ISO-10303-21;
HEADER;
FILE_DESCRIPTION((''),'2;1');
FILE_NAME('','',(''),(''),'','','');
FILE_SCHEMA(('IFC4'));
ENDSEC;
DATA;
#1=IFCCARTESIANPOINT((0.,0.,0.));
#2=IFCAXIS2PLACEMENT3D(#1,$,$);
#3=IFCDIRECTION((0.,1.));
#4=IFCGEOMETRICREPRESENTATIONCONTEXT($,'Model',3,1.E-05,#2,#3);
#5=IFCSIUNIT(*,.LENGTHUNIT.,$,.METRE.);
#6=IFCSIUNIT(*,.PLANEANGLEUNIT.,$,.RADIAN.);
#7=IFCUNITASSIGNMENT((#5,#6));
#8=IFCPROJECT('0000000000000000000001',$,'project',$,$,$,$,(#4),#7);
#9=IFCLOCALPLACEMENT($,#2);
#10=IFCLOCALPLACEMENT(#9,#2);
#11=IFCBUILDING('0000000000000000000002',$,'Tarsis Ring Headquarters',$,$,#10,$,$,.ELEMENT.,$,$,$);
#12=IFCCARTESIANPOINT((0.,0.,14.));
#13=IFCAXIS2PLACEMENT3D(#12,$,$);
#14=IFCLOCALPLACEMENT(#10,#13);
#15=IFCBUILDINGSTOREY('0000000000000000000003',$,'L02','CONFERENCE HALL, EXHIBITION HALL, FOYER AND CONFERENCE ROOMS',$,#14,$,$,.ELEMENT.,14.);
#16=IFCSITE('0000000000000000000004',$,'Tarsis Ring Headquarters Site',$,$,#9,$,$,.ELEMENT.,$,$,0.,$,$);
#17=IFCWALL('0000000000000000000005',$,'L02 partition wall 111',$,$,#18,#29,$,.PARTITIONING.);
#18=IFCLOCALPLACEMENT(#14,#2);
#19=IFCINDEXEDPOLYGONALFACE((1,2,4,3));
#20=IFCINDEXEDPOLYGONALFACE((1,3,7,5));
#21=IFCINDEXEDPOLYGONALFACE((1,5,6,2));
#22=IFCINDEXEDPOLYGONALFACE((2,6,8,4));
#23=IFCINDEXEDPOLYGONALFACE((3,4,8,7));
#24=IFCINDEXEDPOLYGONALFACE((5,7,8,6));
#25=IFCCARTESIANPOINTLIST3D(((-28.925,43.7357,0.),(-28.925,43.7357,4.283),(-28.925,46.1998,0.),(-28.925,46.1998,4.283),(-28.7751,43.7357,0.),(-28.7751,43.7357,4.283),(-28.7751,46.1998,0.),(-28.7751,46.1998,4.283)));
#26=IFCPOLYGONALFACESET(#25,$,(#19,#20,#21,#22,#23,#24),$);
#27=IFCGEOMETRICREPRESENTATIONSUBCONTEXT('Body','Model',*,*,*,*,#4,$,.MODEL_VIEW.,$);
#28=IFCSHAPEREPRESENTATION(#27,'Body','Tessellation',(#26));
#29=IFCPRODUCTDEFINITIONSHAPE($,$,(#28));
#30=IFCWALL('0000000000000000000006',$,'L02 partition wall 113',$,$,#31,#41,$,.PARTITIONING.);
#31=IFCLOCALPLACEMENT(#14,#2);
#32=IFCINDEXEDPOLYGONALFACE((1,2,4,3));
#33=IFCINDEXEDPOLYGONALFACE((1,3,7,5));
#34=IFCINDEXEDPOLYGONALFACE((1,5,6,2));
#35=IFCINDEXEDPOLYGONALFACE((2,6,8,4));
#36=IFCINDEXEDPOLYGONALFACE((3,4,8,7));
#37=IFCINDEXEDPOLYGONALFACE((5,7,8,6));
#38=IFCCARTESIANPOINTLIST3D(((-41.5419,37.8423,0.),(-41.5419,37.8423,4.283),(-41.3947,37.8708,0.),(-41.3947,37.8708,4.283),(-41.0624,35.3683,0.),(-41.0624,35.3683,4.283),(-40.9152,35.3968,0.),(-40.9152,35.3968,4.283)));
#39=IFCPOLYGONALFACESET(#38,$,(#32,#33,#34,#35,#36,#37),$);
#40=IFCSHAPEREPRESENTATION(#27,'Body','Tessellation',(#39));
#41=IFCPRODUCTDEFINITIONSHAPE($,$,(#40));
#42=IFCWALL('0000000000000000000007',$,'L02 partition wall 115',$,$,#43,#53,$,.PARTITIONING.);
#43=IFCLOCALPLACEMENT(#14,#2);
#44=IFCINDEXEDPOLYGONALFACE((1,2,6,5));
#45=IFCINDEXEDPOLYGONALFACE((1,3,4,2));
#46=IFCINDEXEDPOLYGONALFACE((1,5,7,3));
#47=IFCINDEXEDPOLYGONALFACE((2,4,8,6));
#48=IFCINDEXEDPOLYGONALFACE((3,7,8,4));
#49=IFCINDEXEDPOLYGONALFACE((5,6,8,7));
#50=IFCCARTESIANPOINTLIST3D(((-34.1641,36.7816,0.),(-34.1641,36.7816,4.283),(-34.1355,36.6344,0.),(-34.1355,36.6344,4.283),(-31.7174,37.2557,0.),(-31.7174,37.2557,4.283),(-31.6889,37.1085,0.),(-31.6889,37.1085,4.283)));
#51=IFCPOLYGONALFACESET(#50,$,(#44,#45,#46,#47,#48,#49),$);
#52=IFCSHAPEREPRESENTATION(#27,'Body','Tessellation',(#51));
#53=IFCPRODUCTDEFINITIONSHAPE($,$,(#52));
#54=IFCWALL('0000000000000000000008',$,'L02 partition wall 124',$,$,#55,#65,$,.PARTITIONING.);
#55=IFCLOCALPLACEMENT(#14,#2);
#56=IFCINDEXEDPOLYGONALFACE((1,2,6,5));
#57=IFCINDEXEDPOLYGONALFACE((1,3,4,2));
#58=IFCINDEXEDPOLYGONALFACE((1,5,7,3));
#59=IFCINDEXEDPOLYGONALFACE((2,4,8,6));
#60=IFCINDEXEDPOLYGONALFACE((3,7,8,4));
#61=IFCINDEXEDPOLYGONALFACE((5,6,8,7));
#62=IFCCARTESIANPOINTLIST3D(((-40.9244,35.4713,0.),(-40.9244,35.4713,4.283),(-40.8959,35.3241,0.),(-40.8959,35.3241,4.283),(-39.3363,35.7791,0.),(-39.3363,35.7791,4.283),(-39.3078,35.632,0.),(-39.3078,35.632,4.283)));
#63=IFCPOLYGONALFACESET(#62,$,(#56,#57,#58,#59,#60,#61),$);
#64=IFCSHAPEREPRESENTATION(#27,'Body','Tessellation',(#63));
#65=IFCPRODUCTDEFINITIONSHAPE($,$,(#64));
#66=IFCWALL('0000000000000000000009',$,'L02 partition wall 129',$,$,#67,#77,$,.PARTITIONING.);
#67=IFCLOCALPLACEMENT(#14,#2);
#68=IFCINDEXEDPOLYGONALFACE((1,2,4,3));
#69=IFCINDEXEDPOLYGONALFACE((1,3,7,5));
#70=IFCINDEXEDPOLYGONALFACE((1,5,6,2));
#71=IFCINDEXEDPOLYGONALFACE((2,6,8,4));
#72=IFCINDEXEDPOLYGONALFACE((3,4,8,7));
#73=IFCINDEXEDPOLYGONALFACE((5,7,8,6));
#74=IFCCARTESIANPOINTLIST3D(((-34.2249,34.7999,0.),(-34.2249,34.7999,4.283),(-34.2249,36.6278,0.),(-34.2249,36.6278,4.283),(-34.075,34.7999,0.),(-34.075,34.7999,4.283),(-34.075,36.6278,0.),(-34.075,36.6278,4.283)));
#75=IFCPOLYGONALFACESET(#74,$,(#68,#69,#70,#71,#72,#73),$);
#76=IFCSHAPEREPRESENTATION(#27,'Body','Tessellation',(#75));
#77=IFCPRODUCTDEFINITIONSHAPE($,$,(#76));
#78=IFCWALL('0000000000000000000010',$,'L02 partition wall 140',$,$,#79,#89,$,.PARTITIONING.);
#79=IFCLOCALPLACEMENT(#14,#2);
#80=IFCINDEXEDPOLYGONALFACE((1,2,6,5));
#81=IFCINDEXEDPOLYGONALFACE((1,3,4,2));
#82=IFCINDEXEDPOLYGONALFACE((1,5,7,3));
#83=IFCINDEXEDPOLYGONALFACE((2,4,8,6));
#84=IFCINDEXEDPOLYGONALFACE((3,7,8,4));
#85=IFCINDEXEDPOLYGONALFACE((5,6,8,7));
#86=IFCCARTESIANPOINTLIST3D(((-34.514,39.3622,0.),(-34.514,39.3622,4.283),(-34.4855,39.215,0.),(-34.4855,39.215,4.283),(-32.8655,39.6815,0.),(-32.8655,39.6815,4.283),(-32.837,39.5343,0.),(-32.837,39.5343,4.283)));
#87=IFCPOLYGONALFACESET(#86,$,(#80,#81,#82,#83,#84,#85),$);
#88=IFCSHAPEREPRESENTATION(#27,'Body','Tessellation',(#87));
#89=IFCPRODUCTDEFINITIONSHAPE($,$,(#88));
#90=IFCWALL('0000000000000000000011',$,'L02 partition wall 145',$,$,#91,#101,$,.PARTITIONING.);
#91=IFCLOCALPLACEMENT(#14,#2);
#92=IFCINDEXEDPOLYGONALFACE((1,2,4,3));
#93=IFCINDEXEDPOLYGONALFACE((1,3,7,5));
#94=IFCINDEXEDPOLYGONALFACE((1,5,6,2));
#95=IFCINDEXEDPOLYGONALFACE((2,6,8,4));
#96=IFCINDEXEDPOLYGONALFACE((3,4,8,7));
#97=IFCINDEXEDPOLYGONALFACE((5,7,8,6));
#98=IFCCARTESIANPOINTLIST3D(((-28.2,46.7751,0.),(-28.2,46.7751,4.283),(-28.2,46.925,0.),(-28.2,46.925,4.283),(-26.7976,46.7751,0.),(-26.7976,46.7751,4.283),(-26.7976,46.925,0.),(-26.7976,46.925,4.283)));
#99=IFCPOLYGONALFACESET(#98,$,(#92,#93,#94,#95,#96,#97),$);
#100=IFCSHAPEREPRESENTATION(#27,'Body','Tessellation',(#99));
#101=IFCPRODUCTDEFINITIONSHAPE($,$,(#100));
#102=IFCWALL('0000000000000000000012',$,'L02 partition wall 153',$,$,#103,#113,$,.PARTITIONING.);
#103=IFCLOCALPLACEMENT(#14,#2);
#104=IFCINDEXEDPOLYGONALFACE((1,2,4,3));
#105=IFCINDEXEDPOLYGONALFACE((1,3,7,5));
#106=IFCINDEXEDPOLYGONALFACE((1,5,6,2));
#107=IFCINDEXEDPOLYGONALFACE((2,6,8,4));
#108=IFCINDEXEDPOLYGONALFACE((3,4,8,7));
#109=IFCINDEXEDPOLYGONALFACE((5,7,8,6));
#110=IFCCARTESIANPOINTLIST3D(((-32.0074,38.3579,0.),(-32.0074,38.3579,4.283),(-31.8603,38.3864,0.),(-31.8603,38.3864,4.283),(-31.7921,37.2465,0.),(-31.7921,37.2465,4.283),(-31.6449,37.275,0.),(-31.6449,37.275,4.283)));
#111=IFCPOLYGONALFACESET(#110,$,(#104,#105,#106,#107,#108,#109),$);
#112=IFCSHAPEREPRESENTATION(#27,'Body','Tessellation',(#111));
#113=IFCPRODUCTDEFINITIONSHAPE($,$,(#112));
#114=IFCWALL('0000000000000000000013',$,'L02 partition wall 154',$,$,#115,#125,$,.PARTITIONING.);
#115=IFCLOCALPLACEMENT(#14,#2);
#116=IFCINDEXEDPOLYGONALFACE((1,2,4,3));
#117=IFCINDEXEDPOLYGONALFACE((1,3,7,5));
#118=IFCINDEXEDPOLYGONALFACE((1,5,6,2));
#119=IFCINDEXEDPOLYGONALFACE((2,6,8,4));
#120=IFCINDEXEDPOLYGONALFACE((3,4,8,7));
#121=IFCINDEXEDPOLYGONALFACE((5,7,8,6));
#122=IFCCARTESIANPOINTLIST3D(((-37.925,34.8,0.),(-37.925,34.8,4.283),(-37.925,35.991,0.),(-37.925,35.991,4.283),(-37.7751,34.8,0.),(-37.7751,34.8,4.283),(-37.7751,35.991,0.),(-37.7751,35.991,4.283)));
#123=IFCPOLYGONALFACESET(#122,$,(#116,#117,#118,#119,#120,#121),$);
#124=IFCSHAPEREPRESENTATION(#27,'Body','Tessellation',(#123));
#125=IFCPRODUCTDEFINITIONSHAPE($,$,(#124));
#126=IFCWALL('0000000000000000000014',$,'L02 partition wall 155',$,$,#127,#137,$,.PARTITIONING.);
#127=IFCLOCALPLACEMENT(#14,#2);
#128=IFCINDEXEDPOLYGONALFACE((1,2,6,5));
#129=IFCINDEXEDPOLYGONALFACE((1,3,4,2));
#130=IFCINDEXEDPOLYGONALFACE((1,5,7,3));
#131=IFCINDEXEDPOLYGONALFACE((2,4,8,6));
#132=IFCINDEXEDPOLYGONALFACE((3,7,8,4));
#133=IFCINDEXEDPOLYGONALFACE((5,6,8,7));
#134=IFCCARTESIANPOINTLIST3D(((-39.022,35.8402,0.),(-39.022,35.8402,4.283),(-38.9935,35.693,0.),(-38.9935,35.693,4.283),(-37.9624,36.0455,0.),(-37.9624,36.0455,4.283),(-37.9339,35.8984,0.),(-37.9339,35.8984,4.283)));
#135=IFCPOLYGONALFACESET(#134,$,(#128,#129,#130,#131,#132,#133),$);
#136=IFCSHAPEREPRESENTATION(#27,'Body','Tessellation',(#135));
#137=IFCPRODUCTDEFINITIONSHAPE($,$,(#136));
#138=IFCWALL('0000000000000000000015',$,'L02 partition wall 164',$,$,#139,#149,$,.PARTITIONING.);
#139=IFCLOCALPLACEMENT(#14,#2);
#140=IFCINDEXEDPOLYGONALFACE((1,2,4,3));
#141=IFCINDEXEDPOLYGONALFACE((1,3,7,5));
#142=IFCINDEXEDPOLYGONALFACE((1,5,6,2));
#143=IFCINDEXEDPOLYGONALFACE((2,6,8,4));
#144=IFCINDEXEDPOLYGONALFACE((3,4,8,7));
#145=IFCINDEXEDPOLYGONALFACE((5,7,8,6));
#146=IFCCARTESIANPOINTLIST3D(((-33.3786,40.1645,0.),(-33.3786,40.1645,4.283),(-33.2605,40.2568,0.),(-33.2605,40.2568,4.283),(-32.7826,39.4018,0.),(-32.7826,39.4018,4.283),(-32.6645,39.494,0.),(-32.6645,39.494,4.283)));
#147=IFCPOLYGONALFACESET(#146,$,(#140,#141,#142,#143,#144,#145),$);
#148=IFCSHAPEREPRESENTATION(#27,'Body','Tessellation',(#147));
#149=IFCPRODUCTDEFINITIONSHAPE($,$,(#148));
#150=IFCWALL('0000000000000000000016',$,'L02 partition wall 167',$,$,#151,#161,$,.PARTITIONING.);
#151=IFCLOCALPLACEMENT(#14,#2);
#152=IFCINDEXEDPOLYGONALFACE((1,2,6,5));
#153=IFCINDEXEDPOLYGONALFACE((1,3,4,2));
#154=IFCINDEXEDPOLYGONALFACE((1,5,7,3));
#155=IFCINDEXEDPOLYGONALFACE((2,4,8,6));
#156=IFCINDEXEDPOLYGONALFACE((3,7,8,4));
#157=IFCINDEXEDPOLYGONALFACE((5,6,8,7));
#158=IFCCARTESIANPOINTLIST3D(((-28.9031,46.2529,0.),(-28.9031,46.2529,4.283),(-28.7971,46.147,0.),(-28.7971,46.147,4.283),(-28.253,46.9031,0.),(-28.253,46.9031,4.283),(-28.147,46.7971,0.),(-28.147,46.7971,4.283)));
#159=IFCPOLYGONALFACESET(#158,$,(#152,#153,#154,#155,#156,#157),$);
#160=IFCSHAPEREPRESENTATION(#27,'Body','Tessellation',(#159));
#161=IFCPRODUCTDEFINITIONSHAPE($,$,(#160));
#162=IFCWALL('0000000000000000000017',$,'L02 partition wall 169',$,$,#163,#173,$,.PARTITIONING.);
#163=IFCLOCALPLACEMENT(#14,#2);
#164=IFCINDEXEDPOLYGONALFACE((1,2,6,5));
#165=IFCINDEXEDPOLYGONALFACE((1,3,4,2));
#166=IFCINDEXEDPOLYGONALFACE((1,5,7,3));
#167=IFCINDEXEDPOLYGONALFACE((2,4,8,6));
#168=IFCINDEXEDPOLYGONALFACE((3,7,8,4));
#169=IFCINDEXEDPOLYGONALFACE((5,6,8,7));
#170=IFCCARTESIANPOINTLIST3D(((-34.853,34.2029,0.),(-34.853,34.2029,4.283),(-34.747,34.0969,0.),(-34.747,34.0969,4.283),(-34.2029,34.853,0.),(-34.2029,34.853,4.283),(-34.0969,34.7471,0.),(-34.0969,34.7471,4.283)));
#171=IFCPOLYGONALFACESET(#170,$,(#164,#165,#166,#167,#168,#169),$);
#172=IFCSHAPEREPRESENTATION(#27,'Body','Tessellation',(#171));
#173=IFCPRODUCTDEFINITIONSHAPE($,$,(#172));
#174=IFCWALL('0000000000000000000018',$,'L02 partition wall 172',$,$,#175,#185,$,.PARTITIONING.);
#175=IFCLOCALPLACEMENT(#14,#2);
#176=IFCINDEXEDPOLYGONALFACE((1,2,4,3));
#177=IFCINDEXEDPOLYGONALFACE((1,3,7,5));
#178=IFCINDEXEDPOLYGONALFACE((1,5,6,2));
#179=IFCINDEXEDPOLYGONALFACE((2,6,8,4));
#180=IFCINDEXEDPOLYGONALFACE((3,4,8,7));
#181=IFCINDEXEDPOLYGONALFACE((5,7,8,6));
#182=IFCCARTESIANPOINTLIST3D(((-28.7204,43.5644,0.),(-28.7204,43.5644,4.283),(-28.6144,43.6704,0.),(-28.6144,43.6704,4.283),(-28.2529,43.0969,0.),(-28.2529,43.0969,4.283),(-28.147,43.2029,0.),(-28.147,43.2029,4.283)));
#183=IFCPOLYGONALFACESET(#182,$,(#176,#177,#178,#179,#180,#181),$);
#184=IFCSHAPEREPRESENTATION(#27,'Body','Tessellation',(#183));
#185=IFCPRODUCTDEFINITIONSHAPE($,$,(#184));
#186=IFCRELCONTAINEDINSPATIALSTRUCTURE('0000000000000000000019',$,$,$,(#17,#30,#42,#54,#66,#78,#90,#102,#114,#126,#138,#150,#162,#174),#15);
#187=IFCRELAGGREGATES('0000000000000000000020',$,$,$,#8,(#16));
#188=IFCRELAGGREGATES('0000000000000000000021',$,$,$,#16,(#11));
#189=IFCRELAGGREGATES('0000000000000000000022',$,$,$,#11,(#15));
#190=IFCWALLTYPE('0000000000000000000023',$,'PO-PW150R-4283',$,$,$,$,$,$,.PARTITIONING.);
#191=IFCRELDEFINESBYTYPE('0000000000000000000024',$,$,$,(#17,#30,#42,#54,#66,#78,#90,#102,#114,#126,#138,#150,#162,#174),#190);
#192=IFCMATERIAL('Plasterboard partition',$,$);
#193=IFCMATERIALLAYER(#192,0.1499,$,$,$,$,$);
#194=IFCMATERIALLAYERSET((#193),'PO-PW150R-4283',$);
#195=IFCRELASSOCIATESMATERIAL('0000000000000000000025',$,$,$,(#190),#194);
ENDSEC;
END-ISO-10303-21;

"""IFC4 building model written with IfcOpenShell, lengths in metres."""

from ifc_helpers import new_model, si_unit, direction, frame, frame_2d, origin, place, context, subcontext, project, spatial, rectangle, extrude, material, layer, layer_set, type_object, element, save


model = new_model("IFC4")

# Units and contexts
model_context = context("Model", 3, precision=1e-05, world=origin(), true_north=direction((0.0, 1.0)))
body_context = subcontext(model_context, "Body", "Model", "MODEL_VIEW")
ifc_project = project(units=[si_unit("LENGTHUNIT", "METRE"), si_unit("PLANEANGLEUNIT", "RADIAN")], contexts=[model_context])

# Site, building, storey
site_placement = place(None, origin())
site = spatial("IfcSite", under=ifc_project, at=site_placement, Name="Tarsis Ring Headquarters Site", CompositionType="ELEMENT", RefElevation=0.0)
building_placement = place(site_placement, origin())
building = spatial("IfcBuilding", under=site, at=building_placement, Name="Tarsis Ring Headquarters", CompositionType="ELEMENT")
storey_placement = place(building_placement, frame((0.0, 0.0, 14.0)))
storey = spatial("IfcBuildingStorey", under=building, at=storey_placement, Name="L02", Description="CONFERENCE HALL, EXHIBITION HALL, FOYER AND CONFERENCE ROOMS", CompositionType="ELEMENT", Elevation=14.0)

# Shared definitions
ifc_material_1 = material(Name="Plasterboard partition")

# Shared definitions
ifc_layer_1 = layer(ifc_material_1, 0.1499)
ifc_layer_set_1 = layer_set([ifc_layer_1], Name="PO-PW150R-4283")
wall_type_1 = type_object("IfcWallType", Name="PO-PW150R-4283", PredefinedType="PARTITIONING", material=ifc_layer_set_1)

# Walls
wall_1_placement = place(storey_placement, frame((-28.8501, 43.7358, 0.0), z_axis=(0.0, 0.0, 1.0), x_axis=(0.0, 1.0, 0.0)))
element("IfcWall", 1, at=wall_1_placement, inside=storey, type_object=wall_type_1, Name="L02 partition wall 111", PredefinedType="PARTITIONING", context=body_context, shape_type="SweptSolid", body=[
    extrude(rectangle(XDim=2.4641, YDim=0.1499, at=frame_2d((1.2319, 0.0))), origin(), (0.0, 0.0, 1.0), 4.283),
])
wall_2_placement = place(storey_placement, frame((-40.9888, 35.3826, 0.0), z_axis=(0.0, 0.0, 1.0), x_axis=(-0.190281, 0.98173, 0.0)))
element("IfcWall", 2, at=wall_2_placement, inside=storey, type_object=wall_type_1, Name="L02 partition wall 113", PredefinedType="PARTITIONING", context=body_context, shape_type="SweptSolid", body=[
    extrude(rectangle(XDim=2.52, YDim=0.1499, at=frame_2d((1.26, 0.0))), origin(), (0.0, 0.0, 1.0), 4.283),
])
wall_3_placement = place(storey_placement, frame((-31.7031, 37.1821, 0.0), z_axis=(0.0, 0.0, 1.0), x_axis=(-0.981739, -0.190235, 0.0)))
element("IfcWall", 3, at=wall_3_placement, inside=storey, type_object=wall_type_1, Name="L02 partition wall 115", PredefinedType="PARTITIONING", context=body_context, shape_type="SweptSolid", body=[
    extrude(rectangle(XDim=2.4922, YDim=0.1499, at=frame_2d((1.2461, 0.0))), origin(), (0.0, 0.0, 1.0), 4.283),
])
wall_4_placement = place(storey_placement, frame((-39.322, 35.7056, 0.0), z_axis=(0.0, 0.0, 1.0), x_axis=(-0.981724, -0.190308, 0.0)))
element("IfcWall", 4, at=wall_4_placement, inside=storey, type_object=wall_type_1, Name="L02 partition wall 124", PredefinedType="PARTITIONING", context=body_context, shape_type="SweptSolid", body=[
    extrude(rectangle(XDim=1.6177, YDim=0.1499, at=frame_2d((0.8088, 0.0))), origin(), (0.0, 0.0, 1.0), 4.283),
])
wall_5_placement = place(storey_placement, frame((-34.1499, 36.6279, 0.0), z_axis=(0.0, 0.0, 1.0), x_axis=(0.0, -1.0, 0.0)))
element("IfcWall", 5, at=wall_5_placement, inside=storey, type_object=wall_type_1, Name="L02 partition wall 129", PredefinedType="PARTITIONING", context=body_context, shape_type="SweptSolid", body=[
    extrude(rectangle(XDim=1.8279, YDim=0.1499, at=frame_2d((0.9141, 0.0))), origin(), (0.0, 0.0, 1.0), 4.283),
])
wall_6_placement = place(storey_placement, frame((-34.4998, 39.2886, 0.0), z_axis=(0.0, 0.0, 1.0), x_axis=(0.981748, 0.190185, 0.0)))
element("IfcWall", 6, at=wall_6_placement, inside=storey, type_object=wall_type_1, Name="L02 partition wall 140", PredefinedType="PARTITIONING", context=body_context, shape_type="SweptSolid", body=[
    extrude(rectangle(XDim=1.6792, YDim=0.1499, at=frame_2d((0.8396, 0.0))), origin(), (0.0, 0.0, 1.0), 4.283),
])
wall_7_placement = place(storey_placement, frame((-28.2, 46.8501, 0.0), z_axis=(0.0, 0.0, 1.0), x_axis=(1.0, 0.0, 0.0)))
element("IfcWall", 7, at=wall_7_placement, inside=storey, type_object=wall_type_1, Name="L02 partition wall 145", PredefinedType="PARTITIONING", context=body_context, shape_type="SweptSolid", body=[
    extrude(rectangle(XDim=1.4023, YDim=0.1499, at=frame_2d((0.7012, 0.0))), origin(), (0.0, 0.0, 1.0), 4.283),
])
wall_8_placement = place(storey_placement, frame((-31.9338, 38.3721, 0.0), z_axis=(0.0, 0.0, 1.0), x_axis=(0.190223, -0.981741, 0.0)))
element("IfcWall", 8, at=wall_8_placement, inside=storey, type_object=wall_type_1, Name="L02 partition wall 153", PredefinedType="PARTITIONING", context=body_context, shape_type="SweptSolid", body=[
    extrude(rectangle(XDim=1.1321, YDim=0.1499, at=frame_2d((0.5659, 0.0))), origin(), (0.0, 0.0, 1.0), 4.283),
])
wall_9_placement = place(storey_placement, frame((-37.8501, 34.8, 0.0), z_axis=(0.0, 0.0, 1.0), x_axis=(0.0, 1.0, 0.0)))
element("IfcWall", 9, at=wall_9_placement, inside=storey, type_object=wall_type_1, Name="L02 partition wall 154", PredefinedType="PARTITIONING", context=body_context, shape_type="SweptSolid", body=[
    extrude(rectangle(XDim=1.1909, YDim=0.1499, at=frame_2d((0.5955, 0.0))), origin(), (0.0, 0.0, 1.0), 4.283),
])
wall_10_placement = place(storey_placement, frame((-37.9482, 35.9719, 0.0), z_axis=(0.0, 0.0, 1.0), x_axis=(-0.981738, -0.19024, 0.0)))
element("IfcWall", 10, at=wall_10_placement, inside=storey, type_object=wall_type_1, Name="L02 partition wall 155", PredefinedType="PARTITIONING", context=body_context, shape_type="SweptSolid", body=[
    extrude(rectangle(XDim=1.0793, YDim=0.1499, at=frame_2d((0.5396, 0.0))), origin(), (0.0, 0.0, 1.0), 4.283),
])
wall_11_placement = place(storey_placement, frame((-32.7236, 39.448, 0.0), z_axis=(0.0, 0.0, 1.0), x_axis=(-0.615703, 0.787978, 0.0)))
element("IfcWall", 11, at=wall_11_placement, inside=storey, type_object=wall_type_1, Name="L02 partition wall 164", PredefinedType="PARTITIONING", context=body_context, shape_type="SweptSolid", body=[
    extrude(rectangle(XDim=0.968, YDim=0.1499, at=frame_2d((0.4839, 0.0))), origin(), (0.0, 0.0, 1.0), 4.283),
])
for number, where, z_axis, x_axis, name in (
    (12, (-28.8501, 46.2, 0.0), (0.0, 0.0, 1.0), (0.707107, 0.707107, 0.0), "L02 partition wall 167"),
    (13, (-34.1499, 34.8, 0.0), (0.0, 0.0, 1.0), (-0.707107, -0.707107, 0.0), "L02 partition wall 169"),
):
    element("IfcWall", number, at=place(storey_placement, frame(where, z_axis=z_axis, x_axis=x_axis)), inside=storey, type_object=wall_type_1, Name=name, PredefinedType="PARTITIONING", context=body_context, shape_type="SweptSolid", body=[
        extrude(rectangle(XDim=0.9194, YDim=0.1499, at=frame_2d((0.4597, 0.0))), origin(), (0.0, 0.0, 1.0), 4.283),
    ])
wall_12_placement = place(storey_placement, frame((-28.2, 43.1499, 0.0), z_axis=(0.0, 0.0, 1.0), x_axis=(-0.707107, 0.707107, 0.0)))
element("IfcWall", 14, at=wall_12_placement, inside=storey, type_object=wall_type_1, Name="L02 partition wall 172", PredefinedType="PARTITIONING", context=body_context, shape_type="SweptSolid", body=[
    extrude(rectangle(XDim=0.6611, YDim=0.1499, at=frame_2d((0.3306, 0.0))), origin(), (0.0, 0.0, 1.0), 4.283),
])

save(model, "model.ifc")
